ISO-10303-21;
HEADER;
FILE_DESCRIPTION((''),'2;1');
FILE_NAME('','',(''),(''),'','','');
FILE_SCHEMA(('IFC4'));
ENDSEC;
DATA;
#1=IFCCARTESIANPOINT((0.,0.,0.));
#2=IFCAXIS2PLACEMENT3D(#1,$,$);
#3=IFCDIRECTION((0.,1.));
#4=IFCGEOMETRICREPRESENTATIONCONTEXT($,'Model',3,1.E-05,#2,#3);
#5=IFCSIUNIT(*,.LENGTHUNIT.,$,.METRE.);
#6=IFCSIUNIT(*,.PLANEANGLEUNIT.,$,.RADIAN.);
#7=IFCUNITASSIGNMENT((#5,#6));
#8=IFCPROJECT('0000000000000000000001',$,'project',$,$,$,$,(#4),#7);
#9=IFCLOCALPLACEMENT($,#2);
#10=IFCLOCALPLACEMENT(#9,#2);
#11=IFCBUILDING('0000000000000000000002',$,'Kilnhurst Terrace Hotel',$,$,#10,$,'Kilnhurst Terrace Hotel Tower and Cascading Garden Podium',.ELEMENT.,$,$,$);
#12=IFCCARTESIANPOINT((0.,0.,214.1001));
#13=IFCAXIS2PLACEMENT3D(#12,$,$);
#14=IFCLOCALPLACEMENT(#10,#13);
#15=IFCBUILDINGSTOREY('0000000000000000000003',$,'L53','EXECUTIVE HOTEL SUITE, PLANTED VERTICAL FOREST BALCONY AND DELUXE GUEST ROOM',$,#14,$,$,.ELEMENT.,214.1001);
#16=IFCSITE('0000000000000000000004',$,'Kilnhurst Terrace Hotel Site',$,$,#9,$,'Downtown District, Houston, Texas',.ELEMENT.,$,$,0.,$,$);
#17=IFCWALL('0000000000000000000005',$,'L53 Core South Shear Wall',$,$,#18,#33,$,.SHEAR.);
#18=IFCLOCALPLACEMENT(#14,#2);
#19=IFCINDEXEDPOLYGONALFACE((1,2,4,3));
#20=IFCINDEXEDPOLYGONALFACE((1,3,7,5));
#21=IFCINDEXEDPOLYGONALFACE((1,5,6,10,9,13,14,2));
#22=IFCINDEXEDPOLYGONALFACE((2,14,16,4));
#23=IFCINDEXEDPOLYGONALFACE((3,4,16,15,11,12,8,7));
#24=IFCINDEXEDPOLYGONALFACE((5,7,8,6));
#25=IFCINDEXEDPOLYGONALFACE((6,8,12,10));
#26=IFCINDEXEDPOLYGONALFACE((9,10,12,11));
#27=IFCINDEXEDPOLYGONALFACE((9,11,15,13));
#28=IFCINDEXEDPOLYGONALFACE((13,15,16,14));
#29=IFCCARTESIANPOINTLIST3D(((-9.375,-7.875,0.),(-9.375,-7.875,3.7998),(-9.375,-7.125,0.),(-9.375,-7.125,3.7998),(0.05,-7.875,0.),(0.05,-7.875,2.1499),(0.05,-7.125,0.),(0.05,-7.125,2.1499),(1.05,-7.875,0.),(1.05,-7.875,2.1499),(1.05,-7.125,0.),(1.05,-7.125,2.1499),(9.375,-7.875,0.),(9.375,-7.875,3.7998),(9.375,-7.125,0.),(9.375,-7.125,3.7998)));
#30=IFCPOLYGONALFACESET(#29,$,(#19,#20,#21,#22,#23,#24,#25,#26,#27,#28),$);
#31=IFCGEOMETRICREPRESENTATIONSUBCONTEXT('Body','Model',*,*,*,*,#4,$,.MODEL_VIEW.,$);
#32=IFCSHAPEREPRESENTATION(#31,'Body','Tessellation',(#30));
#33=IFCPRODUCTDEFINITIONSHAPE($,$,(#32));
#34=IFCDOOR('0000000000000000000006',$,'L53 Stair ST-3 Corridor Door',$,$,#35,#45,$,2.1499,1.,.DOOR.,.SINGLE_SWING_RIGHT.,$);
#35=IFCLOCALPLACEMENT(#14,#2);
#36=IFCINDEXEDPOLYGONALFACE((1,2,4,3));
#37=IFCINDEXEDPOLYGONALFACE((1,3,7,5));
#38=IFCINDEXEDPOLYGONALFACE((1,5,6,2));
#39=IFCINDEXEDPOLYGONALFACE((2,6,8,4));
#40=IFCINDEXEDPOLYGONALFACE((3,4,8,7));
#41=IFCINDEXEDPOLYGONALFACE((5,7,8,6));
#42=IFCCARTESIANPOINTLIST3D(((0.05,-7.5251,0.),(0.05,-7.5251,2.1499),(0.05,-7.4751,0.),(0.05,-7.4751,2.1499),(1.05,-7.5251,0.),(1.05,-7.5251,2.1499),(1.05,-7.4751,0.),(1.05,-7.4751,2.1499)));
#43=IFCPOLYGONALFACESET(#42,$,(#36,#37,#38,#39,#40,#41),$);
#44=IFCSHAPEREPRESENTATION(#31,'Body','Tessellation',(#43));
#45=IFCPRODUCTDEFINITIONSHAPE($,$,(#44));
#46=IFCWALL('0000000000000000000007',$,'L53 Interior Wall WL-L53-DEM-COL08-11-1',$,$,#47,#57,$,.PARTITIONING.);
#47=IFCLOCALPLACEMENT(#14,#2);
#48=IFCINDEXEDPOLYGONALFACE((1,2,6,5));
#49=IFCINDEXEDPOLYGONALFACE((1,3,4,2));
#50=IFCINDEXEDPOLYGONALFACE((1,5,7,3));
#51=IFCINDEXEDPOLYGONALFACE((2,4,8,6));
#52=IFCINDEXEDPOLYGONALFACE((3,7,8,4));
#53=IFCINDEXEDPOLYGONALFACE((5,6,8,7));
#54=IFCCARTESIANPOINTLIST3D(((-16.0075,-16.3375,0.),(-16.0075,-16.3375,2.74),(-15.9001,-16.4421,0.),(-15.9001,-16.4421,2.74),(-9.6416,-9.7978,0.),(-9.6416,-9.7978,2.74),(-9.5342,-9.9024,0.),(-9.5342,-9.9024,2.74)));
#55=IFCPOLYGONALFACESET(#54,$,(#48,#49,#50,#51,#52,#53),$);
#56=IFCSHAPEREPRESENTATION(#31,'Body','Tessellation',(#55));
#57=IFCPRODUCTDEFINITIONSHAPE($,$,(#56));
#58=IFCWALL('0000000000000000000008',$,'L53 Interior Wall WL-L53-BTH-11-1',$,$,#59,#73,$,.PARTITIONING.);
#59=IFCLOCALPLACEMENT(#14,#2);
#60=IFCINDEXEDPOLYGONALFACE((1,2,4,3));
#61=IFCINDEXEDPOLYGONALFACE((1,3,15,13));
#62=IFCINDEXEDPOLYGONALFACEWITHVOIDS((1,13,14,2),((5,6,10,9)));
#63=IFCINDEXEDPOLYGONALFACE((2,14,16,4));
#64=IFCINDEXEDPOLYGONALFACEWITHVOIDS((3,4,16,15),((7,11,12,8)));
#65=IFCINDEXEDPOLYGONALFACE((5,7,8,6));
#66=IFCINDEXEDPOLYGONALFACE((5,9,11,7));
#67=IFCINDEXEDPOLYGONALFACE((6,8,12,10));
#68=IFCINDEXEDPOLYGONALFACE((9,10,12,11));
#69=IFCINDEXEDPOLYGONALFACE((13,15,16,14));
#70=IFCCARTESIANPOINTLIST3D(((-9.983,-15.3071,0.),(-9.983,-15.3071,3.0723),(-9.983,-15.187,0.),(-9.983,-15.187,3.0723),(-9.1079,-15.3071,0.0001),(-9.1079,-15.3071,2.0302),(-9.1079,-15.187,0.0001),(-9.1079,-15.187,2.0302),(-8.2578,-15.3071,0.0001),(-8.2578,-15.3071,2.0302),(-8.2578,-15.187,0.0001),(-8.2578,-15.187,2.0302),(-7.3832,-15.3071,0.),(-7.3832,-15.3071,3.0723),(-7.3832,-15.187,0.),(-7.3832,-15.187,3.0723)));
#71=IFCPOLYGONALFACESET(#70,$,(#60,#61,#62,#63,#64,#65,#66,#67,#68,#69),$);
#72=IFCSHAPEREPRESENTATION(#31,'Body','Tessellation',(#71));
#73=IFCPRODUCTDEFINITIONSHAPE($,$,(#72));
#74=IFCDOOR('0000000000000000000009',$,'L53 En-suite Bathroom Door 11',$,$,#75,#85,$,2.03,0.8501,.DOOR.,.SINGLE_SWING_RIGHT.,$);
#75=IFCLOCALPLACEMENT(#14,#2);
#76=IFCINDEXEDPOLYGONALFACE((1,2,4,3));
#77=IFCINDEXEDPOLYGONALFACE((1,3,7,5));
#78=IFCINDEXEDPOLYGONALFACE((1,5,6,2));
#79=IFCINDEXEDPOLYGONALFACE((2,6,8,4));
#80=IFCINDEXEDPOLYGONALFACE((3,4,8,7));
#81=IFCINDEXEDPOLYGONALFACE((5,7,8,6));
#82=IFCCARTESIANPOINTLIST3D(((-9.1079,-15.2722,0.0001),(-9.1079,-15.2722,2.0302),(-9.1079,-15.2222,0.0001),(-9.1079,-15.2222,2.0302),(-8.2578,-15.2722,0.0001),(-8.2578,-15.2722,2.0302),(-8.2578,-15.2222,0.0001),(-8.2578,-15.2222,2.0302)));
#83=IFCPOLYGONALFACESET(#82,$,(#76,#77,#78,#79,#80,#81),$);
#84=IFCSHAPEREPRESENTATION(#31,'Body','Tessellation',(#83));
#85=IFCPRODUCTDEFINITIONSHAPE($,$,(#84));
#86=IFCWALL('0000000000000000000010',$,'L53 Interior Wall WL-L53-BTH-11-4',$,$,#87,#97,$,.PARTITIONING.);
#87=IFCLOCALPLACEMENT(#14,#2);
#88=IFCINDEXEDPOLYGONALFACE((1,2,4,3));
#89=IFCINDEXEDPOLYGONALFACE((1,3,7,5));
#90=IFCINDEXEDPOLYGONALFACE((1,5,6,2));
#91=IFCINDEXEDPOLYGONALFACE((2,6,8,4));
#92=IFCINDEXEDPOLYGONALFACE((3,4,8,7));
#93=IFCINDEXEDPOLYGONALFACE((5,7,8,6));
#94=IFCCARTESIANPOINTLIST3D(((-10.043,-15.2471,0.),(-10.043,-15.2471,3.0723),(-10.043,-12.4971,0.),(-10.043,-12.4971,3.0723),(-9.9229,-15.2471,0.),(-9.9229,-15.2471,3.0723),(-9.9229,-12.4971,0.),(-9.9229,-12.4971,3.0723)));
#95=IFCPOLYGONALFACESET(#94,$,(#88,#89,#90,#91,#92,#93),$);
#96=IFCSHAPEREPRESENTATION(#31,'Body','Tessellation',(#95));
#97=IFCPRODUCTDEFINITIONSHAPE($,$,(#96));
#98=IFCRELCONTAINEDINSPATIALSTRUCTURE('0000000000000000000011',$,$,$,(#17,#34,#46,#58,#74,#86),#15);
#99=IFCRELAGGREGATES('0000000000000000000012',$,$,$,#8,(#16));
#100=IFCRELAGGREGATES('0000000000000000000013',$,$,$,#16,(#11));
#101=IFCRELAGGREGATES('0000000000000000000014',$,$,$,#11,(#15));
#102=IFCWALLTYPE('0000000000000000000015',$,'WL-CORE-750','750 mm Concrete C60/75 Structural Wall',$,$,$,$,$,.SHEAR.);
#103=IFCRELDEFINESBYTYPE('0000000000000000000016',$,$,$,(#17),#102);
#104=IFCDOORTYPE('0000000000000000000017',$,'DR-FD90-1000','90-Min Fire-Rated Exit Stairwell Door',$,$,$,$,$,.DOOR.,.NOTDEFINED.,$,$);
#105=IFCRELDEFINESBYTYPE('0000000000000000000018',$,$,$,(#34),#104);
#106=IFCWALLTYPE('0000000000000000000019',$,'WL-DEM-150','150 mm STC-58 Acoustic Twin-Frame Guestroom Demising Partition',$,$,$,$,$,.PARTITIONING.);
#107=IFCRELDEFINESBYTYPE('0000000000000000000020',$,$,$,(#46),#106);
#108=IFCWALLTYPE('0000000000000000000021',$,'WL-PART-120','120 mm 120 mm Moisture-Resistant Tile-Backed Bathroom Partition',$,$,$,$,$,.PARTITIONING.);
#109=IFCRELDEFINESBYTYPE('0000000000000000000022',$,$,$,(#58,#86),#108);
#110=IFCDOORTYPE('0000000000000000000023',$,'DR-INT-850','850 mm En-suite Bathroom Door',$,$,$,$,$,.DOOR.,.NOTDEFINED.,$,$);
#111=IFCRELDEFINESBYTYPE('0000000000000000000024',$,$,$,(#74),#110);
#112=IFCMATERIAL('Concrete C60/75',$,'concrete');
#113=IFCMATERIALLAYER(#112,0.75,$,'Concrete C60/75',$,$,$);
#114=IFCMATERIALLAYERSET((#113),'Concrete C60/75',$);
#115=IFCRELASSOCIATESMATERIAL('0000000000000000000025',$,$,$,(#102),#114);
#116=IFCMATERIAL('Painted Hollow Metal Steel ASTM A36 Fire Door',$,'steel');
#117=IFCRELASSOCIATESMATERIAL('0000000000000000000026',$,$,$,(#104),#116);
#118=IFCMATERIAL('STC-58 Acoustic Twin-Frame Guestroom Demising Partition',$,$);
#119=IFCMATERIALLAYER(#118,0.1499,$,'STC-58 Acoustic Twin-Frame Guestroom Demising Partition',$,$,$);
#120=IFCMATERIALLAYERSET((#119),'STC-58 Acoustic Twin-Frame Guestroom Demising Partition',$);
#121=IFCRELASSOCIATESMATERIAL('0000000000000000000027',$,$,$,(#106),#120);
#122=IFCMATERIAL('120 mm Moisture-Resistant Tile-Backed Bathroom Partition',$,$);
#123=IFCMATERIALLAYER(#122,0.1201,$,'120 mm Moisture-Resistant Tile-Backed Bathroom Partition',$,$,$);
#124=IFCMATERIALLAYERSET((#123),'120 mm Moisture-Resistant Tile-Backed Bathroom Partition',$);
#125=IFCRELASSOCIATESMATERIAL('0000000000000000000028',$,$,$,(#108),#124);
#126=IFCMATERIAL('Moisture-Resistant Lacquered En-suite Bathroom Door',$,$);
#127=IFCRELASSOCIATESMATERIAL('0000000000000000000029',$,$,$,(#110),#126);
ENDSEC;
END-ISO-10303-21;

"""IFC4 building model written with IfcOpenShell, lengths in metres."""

from ifc_helpers import new_model, si_unit, direction, frame, frame_2d, origin, place, context, subcontext, project, spatial, rectangle, extrude, material, layer, layer_set, type_object, element, fill, save


model = new_model("IFC4")

# Units and contexts
model_context = context("Model", 3, precision=1e-05, world=origin(), true_north=direction((0.0, 1.0)))
body_context = subcontext(model_context, "Body", "Model", "MODEL_VIEW")
ifc_project = project(units=[si_unit("LENGTHUNIT", "METRE"), si_unit("PLANEANGLEUNIT", "RADIAN")], contexts=[model_context])

# Site, building, storey
site_placement = place(None, origin())
site = spatial("IfcSite", under=ifc_project, at=site_placement, Name="Kilnhurst Terrace Hotel Site", LongName="Downtown District, Houston, Texas", CompositionType="ELEMENT", RefElevation=0.0)
building_placement = place(site_placement, origin())
building = spatial("IfcBuilding", under=site, at=building_placement, Name="Kilnhurst Terrace Hotel", LongName="Kilnhurst Terrace Hotel Tower and Cascading Garden Podium", CompositionType="ELEMENT")
storey_placement = place(building_placement, frame((0.0, 0.0, 214.1001)))
storey = spatial("IfcBuildingStorey", under=building, at=storey_placement, Name="L53", Description="EXECUTIVE HOTEL SUITE, PLANTED VERTICAL FOREST BALCONY AND DELUXE GUEST ROOM", CompositionType="ELEMENT", Elevation=214.1001)

# Shared definitions
ifc_material_1 = material(Name="Concrete C60/75", Category="concrete")

# Wall, opening, door
ifc_layer_1 = layer(ifc_material_1, 0.75, Name="Concrete C60/75")
ifc_layer_set_1 = layer_set([ifc_layer_1], Name="Concrete C60/75")
wall_type_1 = type_object("IfcWallType", Name="WL-CORE-750", Description="750 mm Concrete C60/75 Structural Wall", PredefinedType="SHEAR", material=ifc_layer_set_1)
wall_1_placement = place(storey_placement, frame((-9.375, -7.5, 0.0), z_axis=(0.0, 0.0, 1.0), x_axis=(1.0, 0.0, 0.0)))
wall_1 = element("IfcWall", 1, at=wall_1_placement, inside=storey, type_object=wall_type_1, Name="L53 Core South Shear Wall", PredefinedType="SHEAR", context=body_context, shape_type="SweptSolid", body=[
    extrude(rectangle(XDim=18.75, YDim=0.75, at=frame_2d((9.375, 0.0))), origin(), (0.0, 0.0, 1.0), 3.7998),
])
opening_1_placement = place(wall_1_placement, frame((9.425, 0.0, 0.0)))
opening_1 = element("IfcOpeningElement", 2, at=opening_1_placement, cuts=wall_1, PredefinedType="OPENING", context=body_context, shape_type="SweptSolid", body=[
    extrude(rectangle(XDim=1.0, YDim=2.1499, at=frame_2d((0.5, 1.075))), frame((0.0, 0.385, 0.0), z_axis=(0.0, -1.0, 0.0), x_axis=(1.0, 0.0, 0.0)), (0.0, 0.0, 1.0), 0.77),
])
ifc_material_2 = material(Name="Painted Hollow Metal Steel ASTM A36 Fire Door", Category="steel")
door_type_1 = type_object("IfcDoorType", Name="DR-FD90-1000", Description="90-Min Fire-Rated Exit Stairwell Door", OperationType="NOTDEFINED", PredefinedType="DOOR", material=ifc_material_2)
door_1_placement = place(opening_1_placement, origin())
door_1 = element("IfcDoor", 3, at=door_1_placement, inside=storey, type_object=door_type_1, Name="L53 Stair ST-3 Corridor Door", OperationType="SINGLE_SWING_RIGHT", OverallHeight=2.1499, OverallWidth=1.0, PredefinedType="DOOR", context=body_context, shape_type="SweptSolid", body=[
    extrude(rectangle(XDim=1.0, YDim=2.1499, at=frame_2d((0.5, 1.075))), frame((0.0, 0.0249, 0.0), z_axis=(0.0, -1.0, 0.0), x_axis=(1.0, 0.0, 0.0)), (0.0, 0.0, 1.0), 0.05),
])
fill(opening_1, door_1)

# Wall
ifc_material_3 = material(Name="STC-58 Acoustic Twin-Frame Guestroom Demising Partition")
ifc_layer_2 = layer(ifc_material_3, 0.1499, Name="STC-58 Acoustic Twin-Frame Guestroom Demising Partition")
ifc_layer_set_2 = layer_set([ifc_layer_2], Name="STC-58 Acoustic Twin-Frame Guestroom Demising Partition")
wall_type_2 = type_object("IfcWallType", Name="WL-DEM-150", Description="150 mm STC-58 Acoustic Twin-Frame Guestroom Demising Partition", PredefinedType="PARTITIONING", material=ifc_layer_set_2)
wall_2_placement = place(storey_placement, frame((-9.5879, -9.8501, 0.0), z_axis=(0.0, 0.0, 1.0), x_axis=(-0.697519, -0.716566, 0.0)))
element("IfcWall", 4, at=wall_2_placement, inside=storey, type_object=wall_type_2, Name="L53 Interior Wall WL-L53-DEM-COL08-11-1", PredefinedType="PARTITIONING", context=body_context, shape_type="SweptSolid", body=[
    extrude(rectangle(XDim=9.1265, YDim=0.1499, at=frame_2d((4.5632, 0.0))), origin(), (0.0, 0.0, 1.0), 2.74),
])

# Wall, opening, door
ifc_material_4 = material(Name="120 mm Moisture-Resistant Tile-Backed Bathroom Partition")
ifc_layer_3 = layer(ifc_material_4, 0.1201, Name="120 mm Moisture-Resistant Tile-Backed Bathroom Partition")
ifc_layer_set_3 = layer_set([ifc_layer_3], Name="120 mm Moisture-Resistant Tile-Backed Bathroom Partition")
wall_type_3 = type_object("IfcWallType", Name="WL-PART-120", Description="120 mm 120 mm Moisture-Resistant Tile-Backed Bathroom Partition", PredefinedType="PARTITIONING", material=ifc_layer_set_3)
wall_3_placement = place(storey_placement, frame((-9.9829, -15.2471, 0.0), z_axis=(0.0, 0.0, 1.0), x_axis=(1.0, 0.0, 0.0)))
wall_3 = element("IfcWall", 5, at=wall_3_placement, inside=storey, type_object=wall_type_3, Name="L53 Interior Wall WL-L53-BTH-11-1", PredefinedType="PARTITIONING", context=body_context, shape_type="SweptSolid", body=[
    extrude(rectangle(XDim=2.5999, YDim=0.1201, at=frame_2d((1.2998, 0.0))), origin(), (0.0, 0.0, 1.0), 3.0723),
])
opening_2_placement = place(wall_3_placement, frame((0.875, 0.0, 0.0)))
opening_2 = element("IfcOpeningElement", 6, at=opening_2_placement, cuts=wall_3, PredefinedType="OPENING", context=body_context, shape_type="SweptSolid", body=[
    extrude(rectangle(XDim=0.8501, YDim=2.03, at=frame_2d((0.425, 1.0151))), frame((0.0, 0.0701, 0.0), z_axis=(0.0, -1.0, 0.0), x_axis=(1.0, 0.0, 0.0)), (0.0, 0.0, 1.0), 0.1401),
])
ifc_material_5 = material(Name="Moisture-Resistant Lacquered En-suite Bathroom Door")
door_type_2 = type_object("IfcDoorType", Name="DR-INT-850", Description="850 mm En-suite Bathroom Door", OperationType="NOTDEFINED", PredefinedType="DOOR", material=ifc_material_5)
door_2_placement = place(opening_2_placement, origin())
door_2 = element("IfcDoor", 7, at=door_2_placement, inside=storey, type_object=door_type_2, Name="L53 En-suite Bathroom Door 11", OperationType="SINGLE_SWING_RIGHT", OverallHeight=2.03, OverallWidth=0.8501, PredefinedType="DOOR", context=body_context, shape_type="SweptSolid", body=[
    extrude(rectangle(XDim=0.8501, YDim=2.03, at=frame_2d((0.425, 1.0151))), frame((0.0, 0.0249, 0.0), z_axis=(0.0, -1.0, 0.0), x_axis=(1.0, 0.0, 0.0)), (0.0, 0.0, 1.0), 0.05),
])
fill(opening_2, door_2)

# Wall
wall_4_placement = place(storey_placement, frame((-9.9829, -12.4971, 0.0), z_axis=(0.0, 0.0, 1.0), x_axis=(0.0, -1.0, 0.0)))
element("IfcWall", 8, at=wall_4_placement, inside=storey, type_object=wall_type_3, Name="L53 Interior Wall WL-L53-BTH-11-4", PredefinedType="PARTITIONING", context=body_context, shape_type="SweptSolid", body=[
    extrude(rectangle(XDim=2.75, YDim=0.1201, at=frame_2d((1.375, 0.0))), origin(), (0.0, 0.0, 1.0), 3.0723),
])

save(model, "model.ifc")
